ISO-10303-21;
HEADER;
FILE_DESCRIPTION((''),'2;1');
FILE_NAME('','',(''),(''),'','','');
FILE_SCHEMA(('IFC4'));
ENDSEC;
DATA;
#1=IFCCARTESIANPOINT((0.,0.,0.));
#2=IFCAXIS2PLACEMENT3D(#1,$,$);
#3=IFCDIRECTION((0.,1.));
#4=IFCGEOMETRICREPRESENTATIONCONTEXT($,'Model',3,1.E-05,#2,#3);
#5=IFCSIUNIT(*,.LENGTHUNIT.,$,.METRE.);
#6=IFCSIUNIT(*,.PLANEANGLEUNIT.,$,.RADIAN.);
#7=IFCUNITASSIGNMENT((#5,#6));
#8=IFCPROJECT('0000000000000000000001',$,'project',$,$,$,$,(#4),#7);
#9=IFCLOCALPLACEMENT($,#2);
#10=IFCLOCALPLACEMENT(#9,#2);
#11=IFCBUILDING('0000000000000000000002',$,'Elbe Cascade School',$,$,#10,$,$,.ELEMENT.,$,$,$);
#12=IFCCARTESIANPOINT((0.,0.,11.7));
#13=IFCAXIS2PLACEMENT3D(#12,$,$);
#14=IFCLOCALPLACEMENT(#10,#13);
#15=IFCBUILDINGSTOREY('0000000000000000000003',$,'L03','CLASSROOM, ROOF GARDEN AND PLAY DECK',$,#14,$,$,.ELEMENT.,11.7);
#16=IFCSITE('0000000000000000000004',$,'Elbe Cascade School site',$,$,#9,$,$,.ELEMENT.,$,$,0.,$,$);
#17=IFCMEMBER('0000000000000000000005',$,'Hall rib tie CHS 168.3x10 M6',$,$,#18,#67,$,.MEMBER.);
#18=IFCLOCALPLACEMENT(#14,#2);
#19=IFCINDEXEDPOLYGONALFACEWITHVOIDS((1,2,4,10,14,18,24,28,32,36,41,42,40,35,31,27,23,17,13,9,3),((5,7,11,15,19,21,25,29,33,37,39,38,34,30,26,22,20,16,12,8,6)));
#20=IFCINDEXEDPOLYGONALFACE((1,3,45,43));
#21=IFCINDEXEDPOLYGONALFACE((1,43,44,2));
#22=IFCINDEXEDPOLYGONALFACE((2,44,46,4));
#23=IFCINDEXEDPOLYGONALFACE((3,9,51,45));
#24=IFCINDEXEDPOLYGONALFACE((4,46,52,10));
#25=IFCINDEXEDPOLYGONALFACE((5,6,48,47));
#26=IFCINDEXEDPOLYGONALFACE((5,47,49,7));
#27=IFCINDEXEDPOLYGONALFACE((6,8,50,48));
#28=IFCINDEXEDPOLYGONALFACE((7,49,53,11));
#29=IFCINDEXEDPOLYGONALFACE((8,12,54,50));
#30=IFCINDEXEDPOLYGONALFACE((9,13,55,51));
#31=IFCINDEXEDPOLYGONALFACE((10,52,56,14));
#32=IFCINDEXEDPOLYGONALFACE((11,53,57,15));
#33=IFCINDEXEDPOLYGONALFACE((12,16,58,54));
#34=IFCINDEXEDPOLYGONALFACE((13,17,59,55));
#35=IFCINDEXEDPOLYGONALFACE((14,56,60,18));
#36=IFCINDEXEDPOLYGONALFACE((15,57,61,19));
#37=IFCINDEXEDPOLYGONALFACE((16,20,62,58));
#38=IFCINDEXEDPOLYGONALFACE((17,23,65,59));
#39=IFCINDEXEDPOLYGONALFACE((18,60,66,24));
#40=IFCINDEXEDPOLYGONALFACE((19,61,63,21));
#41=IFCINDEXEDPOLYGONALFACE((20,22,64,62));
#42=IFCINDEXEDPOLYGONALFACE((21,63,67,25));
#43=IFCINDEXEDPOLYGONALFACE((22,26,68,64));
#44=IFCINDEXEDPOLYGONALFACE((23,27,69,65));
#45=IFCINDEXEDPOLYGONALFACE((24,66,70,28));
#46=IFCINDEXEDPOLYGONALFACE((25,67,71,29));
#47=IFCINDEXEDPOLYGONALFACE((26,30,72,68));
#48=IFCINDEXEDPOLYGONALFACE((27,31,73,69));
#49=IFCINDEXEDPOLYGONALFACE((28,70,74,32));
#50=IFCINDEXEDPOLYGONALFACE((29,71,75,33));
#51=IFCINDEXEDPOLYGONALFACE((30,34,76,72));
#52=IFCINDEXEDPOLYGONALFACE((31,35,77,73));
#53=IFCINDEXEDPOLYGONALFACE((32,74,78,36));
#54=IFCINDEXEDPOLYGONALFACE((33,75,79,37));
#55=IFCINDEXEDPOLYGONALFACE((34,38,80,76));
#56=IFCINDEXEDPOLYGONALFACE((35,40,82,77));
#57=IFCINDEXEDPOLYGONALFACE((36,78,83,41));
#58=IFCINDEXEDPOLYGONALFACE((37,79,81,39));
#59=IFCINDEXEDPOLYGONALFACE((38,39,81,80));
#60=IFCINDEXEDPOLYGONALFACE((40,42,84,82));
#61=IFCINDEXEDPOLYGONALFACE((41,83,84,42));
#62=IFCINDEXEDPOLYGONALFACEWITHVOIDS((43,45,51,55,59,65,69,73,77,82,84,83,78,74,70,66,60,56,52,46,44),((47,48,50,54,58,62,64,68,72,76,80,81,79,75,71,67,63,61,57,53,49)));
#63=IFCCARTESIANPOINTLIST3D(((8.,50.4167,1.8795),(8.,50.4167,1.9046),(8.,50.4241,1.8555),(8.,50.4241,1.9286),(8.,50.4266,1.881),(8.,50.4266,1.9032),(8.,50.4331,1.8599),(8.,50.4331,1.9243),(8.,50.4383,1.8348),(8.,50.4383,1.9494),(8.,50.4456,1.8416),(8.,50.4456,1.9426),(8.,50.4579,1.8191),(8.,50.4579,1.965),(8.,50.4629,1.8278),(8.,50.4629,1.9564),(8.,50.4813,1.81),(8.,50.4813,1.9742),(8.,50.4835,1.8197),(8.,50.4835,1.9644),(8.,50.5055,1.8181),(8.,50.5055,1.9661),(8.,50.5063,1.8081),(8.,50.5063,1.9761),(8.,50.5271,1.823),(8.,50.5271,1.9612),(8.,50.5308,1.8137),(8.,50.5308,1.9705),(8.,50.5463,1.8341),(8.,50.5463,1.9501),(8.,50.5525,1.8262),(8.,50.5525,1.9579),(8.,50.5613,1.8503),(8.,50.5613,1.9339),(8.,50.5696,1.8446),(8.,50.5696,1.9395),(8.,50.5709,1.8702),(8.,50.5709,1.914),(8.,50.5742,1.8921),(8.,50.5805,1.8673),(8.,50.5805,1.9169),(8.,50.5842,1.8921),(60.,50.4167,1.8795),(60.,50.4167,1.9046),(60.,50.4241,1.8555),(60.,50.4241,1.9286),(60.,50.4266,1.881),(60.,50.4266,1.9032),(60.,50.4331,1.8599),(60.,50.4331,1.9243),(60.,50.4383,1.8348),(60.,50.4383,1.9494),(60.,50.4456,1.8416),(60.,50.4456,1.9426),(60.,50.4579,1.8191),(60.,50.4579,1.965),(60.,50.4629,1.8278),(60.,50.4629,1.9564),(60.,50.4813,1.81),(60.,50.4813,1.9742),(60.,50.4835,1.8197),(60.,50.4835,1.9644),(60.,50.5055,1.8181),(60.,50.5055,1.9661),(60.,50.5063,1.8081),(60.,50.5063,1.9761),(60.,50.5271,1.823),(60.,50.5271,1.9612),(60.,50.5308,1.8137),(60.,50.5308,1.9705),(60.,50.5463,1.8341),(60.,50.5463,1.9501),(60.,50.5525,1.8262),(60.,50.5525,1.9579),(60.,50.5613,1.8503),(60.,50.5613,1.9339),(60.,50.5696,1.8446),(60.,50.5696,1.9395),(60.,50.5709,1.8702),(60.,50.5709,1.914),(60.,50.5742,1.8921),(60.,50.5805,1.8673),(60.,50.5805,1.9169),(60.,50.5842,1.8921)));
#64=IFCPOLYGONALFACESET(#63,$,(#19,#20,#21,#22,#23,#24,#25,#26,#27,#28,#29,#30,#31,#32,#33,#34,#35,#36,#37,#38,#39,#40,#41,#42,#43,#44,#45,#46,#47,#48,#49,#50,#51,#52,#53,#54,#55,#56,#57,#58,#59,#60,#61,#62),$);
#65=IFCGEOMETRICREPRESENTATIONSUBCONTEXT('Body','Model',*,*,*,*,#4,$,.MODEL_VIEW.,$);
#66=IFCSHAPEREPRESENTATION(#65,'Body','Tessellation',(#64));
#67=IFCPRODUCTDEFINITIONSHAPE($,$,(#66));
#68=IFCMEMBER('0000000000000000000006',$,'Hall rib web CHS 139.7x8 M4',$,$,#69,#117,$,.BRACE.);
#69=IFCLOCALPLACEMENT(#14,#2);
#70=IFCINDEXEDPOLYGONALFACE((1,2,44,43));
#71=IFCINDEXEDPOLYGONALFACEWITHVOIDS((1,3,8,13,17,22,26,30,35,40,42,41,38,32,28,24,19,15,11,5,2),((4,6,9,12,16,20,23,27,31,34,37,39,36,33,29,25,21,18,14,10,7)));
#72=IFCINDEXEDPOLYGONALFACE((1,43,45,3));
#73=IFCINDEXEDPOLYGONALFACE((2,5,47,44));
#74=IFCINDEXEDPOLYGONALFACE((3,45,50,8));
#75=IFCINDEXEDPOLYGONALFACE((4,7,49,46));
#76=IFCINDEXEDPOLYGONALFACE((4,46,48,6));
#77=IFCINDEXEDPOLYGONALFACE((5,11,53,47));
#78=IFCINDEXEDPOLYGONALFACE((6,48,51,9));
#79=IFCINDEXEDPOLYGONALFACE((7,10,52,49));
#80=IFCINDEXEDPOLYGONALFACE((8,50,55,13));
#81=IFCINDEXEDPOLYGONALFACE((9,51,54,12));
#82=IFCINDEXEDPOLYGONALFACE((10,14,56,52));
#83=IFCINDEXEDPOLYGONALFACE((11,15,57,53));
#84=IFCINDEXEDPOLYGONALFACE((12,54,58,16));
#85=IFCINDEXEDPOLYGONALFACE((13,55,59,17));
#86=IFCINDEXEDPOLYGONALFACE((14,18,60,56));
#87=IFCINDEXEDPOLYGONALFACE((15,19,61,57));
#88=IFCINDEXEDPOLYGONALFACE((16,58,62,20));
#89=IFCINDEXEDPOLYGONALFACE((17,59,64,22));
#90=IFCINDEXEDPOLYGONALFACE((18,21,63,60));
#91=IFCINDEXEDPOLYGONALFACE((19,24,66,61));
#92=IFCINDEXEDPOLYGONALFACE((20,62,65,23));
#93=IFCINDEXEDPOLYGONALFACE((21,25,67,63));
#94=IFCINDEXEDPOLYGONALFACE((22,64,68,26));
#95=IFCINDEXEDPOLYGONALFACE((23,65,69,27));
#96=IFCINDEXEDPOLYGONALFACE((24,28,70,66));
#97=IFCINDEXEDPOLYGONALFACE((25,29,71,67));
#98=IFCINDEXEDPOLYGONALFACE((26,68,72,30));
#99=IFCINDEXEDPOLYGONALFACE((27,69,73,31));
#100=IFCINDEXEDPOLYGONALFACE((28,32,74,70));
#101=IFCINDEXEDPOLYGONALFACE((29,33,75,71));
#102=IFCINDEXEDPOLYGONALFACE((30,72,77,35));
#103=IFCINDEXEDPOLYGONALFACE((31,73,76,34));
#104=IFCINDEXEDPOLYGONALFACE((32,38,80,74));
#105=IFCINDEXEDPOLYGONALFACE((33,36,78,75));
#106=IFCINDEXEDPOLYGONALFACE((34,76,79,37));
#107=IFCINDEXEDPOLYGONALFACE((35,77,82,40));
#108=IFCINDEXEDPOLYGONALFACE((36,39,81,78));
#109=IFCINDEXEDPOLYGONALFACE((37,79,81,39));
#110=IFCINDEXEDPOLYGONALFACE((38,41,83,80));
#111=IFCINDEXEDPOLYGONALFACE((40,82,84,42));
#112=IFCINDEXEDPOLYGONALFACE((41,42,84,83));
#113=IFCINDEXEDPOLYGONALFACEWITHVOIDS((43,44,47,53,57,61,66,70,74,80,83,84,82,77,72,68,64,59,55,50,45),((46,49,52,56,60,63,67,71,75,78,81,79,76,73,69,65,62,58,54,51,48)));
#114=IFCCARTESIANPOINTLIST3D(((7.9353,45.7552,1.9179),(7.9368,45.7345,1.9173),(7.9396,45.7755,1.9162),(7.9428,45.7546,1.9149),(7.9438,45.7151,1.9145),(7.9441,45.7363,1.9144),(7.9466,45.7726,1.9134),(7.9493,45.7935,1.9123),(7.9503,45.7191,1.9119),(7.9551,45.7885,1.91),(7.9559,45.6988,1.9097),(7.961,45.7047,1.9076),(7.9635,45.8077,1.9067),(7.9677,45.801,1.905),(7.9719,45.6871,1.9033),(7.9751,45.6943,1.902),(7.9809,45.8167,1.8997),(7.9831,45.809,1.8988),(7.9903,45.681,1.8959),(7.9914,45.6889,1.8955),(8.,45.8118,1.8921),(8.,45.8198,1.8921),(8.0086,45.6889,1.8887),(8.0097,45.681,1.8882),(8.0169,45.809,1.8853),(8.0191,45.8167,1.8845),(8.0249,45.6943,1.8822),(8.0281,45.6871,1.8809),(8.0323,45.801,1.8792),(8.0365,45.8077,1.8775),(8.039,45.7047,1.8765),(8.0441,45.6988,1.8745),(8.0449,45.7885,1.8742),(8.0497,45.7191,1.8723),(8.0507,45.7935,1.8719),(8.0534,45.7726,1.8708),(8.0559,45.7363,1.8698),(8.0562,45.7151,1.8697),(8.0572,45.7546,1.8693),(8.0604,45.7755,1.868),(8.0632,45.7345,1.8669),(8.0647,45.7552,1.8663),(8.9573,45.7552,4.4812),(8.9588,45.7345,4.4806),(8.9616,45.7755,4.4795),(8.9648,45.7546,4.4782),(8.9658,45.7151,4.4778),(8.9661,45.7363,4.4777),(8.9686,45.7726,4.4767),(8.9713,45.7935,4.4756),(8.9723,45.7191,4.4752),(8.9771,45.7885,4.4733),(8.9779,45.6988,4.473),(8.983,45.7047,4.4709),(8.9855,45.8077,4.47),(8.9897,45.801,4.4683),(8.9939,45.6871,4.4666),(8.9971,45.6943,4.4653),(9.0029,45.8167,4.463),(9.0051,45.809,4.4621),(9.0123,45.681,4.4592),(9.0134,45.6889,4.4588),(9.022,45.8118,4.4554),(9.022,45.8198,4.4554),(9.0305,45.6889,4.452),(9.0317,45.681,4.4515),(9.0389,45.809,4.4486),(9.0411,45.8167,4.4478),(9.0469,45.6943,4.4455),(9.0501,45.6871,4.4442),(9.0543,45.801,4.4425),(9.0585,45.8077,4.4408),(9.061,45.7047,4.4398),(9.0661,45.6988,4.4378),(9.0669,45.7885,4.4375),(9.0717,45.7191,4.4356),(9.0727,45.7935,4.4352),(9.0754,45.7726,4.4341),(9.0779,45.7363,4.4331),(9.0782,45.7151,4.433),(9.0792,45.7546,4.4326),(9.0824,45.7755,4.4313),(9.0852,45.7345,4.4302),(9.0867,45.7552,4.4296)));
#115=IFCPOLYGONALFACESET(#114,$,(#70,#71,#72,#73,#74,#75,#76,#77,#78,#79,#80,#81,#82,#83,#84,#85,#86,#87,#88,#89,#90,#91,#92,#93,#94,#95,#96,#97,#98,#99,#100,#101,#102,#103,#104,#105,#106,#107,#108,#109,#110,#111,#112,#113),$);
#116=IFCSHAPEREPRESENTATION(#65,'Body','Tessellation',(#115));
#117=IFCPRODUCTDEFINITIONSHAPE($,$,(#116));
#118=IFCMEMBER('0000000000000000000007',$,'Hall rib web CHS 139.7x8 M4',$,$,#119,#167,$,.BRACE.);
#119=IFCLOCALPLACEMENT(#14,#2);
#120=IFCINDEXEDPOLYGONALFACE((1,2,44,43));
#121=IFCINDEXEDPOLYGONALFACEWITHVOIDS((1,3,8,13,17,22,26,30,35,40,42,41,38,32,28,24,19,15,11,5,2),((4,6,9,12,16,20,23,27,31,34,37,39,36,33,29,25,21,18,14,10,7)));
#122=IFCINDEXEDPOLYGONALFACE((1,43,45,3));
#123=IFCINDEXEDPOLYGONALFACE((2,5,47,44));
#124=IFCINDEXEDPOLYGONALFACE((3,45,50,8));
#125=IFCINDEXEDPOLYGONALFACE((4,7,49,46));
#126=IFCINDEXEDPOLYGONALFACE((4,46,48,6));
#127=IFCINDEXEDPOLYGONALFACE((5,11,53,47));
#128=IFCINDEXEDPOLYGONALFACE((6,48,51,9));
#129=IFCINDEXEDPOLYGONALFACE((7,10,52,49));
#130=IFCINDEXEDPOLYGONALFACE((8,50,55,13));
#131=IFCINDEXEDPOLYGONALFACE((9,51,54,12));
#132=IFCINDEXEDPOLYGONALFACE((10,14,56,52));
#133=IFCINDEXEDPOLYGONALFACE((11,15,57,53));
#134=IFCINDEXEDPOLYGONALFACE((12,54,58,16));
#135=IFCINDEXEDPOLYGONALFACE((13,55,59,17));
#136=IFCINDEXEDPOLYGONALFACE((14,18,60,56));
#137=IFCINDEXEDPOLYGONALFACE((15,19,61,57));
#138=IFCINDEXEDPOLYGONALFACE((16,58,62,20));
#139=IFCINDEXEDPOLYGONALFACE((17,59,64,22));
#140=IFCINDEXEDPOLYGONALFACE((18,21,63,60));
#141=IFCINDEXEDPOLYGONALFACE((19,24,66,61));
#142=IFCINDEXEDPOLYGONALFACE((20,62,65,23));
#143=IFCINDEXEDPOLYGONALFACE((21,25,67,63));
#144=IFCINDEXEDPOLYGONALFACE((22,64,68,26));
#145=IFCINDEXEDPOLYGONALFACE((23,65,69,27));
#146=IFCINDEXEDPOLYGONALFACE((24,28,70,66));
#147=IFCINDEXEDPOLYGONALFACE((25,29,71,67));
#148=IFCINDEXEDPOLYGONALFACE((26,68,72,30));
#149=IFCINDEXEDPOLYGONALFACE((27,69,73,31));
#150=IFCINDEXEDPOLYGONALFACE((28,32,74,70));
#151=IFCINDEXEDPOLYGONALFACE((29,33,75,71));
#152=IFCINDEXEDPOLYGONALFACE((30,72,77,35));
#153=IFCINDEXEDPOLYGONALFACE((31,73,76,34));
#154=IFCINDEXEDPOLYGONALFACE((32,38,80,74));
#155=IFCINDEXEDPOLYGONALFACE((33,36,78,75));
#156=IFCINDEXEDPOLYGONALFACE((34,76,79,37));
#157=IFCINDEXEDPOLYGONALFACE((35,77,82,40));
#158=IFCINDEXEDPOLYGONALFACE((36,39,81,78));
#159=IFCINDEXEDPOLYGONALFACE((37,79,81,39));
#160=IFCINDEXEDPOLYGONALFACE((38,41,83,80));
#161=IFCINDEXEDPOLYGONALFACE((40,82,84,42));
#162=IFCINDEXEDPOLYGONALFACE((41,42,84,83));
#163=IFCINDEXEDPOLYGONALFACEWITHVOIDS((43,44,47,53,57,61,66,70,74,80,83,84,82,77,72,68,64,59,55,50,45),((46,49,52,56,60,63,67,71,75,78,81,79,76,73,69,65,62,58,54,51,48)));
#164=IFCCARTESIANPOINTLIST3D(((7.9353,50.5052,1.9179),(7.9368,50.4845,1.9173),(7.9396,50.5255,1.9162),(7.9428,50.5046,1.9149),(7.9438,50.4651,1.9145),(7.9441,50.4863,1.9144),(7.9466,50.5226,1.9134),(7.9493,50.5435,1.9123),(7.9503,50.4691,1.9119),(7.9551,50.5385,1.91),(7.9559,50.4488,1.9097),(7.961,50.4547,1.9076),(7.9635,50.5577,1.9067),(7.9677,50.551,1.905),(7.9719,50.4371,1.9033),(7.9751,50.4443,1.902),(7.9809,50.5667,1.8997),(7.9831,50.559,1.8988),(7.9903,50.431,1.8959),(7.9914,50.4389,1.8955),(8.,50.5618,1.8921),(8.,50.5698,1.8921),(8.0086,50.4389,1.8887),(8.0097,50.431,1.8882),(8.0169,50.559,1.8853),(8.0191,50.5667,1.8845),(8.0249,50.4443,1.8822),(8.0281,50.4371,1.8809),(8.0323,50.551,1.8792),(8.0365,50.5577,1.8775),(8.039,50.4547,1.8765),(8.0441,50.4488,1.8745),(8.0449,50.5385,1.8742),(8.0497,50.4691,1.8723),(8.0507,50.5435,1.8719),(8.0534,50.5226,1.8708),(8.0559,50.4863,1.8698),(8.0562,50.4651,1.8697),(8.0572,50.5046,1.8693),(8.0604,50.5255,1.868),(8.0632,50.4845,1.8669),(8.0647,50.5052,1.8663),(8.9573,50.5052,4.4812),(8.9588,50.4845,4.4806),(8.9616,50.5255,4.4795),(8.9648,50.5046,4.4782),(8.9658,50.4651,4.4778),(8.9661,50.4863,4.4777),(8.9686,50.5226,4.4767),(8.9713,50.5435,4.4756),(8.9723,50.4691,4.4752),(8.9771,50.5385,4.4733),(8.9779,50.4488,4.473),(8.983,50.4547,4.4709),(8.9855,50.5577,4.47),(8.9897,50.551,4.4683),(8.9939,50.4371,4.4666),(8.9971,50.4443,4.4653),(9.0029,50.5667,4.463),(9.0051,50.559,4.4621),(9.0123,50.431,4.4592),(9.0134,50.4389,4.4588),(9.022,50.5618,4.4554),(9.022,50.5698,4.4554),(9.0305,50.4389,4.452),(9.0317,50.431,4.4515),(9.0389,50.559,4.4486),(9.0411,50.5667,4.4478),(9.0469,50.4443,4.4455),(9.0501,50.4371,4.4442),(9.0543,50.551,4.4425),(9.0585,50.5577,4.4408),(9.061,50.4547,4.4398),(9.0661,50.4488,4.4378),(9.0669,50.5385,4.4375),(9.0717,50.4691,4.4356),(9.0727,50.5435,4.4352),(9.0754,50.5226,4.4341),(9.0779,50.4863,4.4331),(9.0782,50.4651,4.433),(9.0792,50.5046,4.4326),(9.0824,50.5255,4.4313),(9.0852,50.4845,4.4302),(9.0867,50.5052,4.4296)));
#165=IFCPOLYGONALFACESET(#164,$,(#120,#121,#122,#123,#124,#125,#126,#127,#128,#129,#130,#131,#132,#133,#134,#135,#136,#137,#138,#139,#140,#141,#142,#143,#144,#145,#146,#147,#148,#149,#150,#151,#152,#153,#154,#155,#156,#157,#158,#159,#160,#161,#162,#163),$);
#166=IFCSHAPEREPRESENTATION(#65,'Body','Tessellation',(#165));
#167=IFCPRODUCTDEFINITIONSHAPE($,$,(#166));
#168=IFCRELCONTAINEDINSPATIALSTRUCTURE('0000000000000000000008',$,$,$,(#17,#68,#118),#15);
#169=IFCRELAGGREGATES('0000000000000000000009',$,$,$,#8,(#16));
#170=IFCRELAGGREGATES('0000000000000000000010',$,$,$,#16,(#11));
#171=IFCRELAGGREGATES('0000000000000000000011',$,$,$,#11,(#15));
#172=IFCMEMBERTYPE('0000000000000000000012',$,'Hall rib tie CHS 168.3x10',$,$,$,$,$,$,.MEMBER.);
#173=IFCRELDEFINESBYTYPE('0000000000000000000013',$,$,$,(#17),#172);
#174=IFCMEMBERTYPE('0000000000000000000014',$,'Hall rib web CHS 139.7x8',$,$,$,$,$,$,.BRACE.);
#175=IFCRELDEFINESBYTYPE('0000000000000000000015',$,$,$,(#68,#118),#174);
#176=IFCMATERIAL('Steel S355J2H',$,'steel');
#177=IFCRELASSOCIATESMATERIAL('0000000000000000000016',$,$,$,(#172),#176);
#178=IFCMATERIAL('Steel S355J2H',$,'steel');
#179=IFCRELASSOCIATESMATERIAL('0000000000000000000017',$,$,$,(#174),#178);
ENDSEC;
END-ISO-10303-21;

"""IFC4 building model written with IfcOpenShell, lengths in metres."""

from ifc_helpers import new_model, si_unit, direction, frame, origin, origin_2d, place, context, subcontext, project, spatial, hollow_circle, extrude, material, material_profile, profile_set, type_object, element, save


model = new_model("IFC4")

# Units and contexts
model_context = context("Model", 3, precision=1e-05, world=origin(), true_north=direction((0.0, 1.0)))
body_context = subcontext(model_context, "Body", "Model", "MODEL_VIEW")
ifc_project = project(units=[si_unit("LENGTHUNIT", "METRE"), si_unit("PLANEANGLEUNIT", "RADIAN")], contexts=[model_context])

# Site, building, storey
site_placement = place(None, origin())
site = spatial("IfcSite", under=ifc_project, at=site_placement, Name="Elbe Cascade School site", CompositionType="ELEMENT", RefElevation=0.0)
building_placement = place(site_placement, origin())
building = spatial("IfcBuilding", under=site, at=building_placement, Name="Elbe Cascade School", CompositionType="ELEMENT")
storey_placement = place(building_placement, frame((0.0, 0.0, 11.7)))
storey = spatial("IfcBuildingStorey", under=building, at=storey_placement, Name="L03", Description="CLASSROOM, ROOF GARDEN AND PLAY DECK", CompositionType="ELEMENT", Elevation=11.7)

# Members
ifc_material_1 = material(Name="Steel S355J2H", Category="steel")
ifc_material_profile_1 = material_profile(ifc_material_1, hollow_circle(Radius=0.0842, WallThickness=0.01, at=origin_2d()), Name="CHS 168.3x10")
ifc_profile_set_1 = profile_set([ifc_material_profile_1], Name="Steel S355J2H")
member_type_1 = type_object("IfcMemberType", Name="Hall rib tie CHS 168.3x10", PredefinedType="MEMBER", material=ifc_profile_set_1)
for number, where, z_axis, x_axis, name in (
    (1, (8.0, 50.5, 1.8921), (1.0, 0.0, 0.0), (0.0, 1.0, 0.0), "Hall rib tie CHS 168.3x10 M6"),
):
    element("IfcMember", number, at=place(storey_placement, frame(where, z_axis=z_axis, x_axis=x_axis)), inside=storey, type_object=member_type_1, Name=name, PredefinedType="MEMBER", context=body_context, shape_type="SweptSolid", body=[
        extrude(hollow_circle(Radius=0.0842, WallThickness=0.01, at=origin_2d()), origin(), (0.0, 0.0, 1.0), 52.0),
    ])
ifc_material_2 = material(Name="Steel S355J2H", Category="steel")
ifc_material_profile_2 = material_profile(ifc_material_2, hollow_circle(Radius=0.0698, WallThickness=0.0081, at=origin_2d()), Name="CHS 139.7x8")
ifc_profile_set_2 = profile_set([ifc_material_profile_2], Name="Steel S355J2H")
member_type_2 = type_object("IfcMemberType", Name="Hall rib web CHS 139.7x8", PredefinedType="BRACE", material=ifc_profile_set_2)
for number, where, z_axis, x_axis, name in (
    (2, (8.0, 45.75, 1.8921), (0.370353, 0.0, 0.928891), (0.0, 1.0, 0.0), "Hall rib web CHS 139.7x8 M4"),
    (3, (8.0, 50.5, 1.8921), (0.370353, 0.0, 0.928891), (0.0, 1.0, 0.0), "Hall rib web CHS 139.7x8 M4"),
):
    element("IfcMember", number, at=place(storey_placement, frame(where, z_axis=z_axis, x_axis=x_axis)), inside=storey, type_object=member_type_2, Name=name, PredefinedType="BRACE", context=body_context, shape_type="SweptSolid", body=[
        extrude(hollow_circle(Radius=0.0698, WallThickness=0.0081, at=origin_2d()), origin(), (0.0, 0.0, 1.0), 2.7595),
    ])

save(model, "model.ifc")
